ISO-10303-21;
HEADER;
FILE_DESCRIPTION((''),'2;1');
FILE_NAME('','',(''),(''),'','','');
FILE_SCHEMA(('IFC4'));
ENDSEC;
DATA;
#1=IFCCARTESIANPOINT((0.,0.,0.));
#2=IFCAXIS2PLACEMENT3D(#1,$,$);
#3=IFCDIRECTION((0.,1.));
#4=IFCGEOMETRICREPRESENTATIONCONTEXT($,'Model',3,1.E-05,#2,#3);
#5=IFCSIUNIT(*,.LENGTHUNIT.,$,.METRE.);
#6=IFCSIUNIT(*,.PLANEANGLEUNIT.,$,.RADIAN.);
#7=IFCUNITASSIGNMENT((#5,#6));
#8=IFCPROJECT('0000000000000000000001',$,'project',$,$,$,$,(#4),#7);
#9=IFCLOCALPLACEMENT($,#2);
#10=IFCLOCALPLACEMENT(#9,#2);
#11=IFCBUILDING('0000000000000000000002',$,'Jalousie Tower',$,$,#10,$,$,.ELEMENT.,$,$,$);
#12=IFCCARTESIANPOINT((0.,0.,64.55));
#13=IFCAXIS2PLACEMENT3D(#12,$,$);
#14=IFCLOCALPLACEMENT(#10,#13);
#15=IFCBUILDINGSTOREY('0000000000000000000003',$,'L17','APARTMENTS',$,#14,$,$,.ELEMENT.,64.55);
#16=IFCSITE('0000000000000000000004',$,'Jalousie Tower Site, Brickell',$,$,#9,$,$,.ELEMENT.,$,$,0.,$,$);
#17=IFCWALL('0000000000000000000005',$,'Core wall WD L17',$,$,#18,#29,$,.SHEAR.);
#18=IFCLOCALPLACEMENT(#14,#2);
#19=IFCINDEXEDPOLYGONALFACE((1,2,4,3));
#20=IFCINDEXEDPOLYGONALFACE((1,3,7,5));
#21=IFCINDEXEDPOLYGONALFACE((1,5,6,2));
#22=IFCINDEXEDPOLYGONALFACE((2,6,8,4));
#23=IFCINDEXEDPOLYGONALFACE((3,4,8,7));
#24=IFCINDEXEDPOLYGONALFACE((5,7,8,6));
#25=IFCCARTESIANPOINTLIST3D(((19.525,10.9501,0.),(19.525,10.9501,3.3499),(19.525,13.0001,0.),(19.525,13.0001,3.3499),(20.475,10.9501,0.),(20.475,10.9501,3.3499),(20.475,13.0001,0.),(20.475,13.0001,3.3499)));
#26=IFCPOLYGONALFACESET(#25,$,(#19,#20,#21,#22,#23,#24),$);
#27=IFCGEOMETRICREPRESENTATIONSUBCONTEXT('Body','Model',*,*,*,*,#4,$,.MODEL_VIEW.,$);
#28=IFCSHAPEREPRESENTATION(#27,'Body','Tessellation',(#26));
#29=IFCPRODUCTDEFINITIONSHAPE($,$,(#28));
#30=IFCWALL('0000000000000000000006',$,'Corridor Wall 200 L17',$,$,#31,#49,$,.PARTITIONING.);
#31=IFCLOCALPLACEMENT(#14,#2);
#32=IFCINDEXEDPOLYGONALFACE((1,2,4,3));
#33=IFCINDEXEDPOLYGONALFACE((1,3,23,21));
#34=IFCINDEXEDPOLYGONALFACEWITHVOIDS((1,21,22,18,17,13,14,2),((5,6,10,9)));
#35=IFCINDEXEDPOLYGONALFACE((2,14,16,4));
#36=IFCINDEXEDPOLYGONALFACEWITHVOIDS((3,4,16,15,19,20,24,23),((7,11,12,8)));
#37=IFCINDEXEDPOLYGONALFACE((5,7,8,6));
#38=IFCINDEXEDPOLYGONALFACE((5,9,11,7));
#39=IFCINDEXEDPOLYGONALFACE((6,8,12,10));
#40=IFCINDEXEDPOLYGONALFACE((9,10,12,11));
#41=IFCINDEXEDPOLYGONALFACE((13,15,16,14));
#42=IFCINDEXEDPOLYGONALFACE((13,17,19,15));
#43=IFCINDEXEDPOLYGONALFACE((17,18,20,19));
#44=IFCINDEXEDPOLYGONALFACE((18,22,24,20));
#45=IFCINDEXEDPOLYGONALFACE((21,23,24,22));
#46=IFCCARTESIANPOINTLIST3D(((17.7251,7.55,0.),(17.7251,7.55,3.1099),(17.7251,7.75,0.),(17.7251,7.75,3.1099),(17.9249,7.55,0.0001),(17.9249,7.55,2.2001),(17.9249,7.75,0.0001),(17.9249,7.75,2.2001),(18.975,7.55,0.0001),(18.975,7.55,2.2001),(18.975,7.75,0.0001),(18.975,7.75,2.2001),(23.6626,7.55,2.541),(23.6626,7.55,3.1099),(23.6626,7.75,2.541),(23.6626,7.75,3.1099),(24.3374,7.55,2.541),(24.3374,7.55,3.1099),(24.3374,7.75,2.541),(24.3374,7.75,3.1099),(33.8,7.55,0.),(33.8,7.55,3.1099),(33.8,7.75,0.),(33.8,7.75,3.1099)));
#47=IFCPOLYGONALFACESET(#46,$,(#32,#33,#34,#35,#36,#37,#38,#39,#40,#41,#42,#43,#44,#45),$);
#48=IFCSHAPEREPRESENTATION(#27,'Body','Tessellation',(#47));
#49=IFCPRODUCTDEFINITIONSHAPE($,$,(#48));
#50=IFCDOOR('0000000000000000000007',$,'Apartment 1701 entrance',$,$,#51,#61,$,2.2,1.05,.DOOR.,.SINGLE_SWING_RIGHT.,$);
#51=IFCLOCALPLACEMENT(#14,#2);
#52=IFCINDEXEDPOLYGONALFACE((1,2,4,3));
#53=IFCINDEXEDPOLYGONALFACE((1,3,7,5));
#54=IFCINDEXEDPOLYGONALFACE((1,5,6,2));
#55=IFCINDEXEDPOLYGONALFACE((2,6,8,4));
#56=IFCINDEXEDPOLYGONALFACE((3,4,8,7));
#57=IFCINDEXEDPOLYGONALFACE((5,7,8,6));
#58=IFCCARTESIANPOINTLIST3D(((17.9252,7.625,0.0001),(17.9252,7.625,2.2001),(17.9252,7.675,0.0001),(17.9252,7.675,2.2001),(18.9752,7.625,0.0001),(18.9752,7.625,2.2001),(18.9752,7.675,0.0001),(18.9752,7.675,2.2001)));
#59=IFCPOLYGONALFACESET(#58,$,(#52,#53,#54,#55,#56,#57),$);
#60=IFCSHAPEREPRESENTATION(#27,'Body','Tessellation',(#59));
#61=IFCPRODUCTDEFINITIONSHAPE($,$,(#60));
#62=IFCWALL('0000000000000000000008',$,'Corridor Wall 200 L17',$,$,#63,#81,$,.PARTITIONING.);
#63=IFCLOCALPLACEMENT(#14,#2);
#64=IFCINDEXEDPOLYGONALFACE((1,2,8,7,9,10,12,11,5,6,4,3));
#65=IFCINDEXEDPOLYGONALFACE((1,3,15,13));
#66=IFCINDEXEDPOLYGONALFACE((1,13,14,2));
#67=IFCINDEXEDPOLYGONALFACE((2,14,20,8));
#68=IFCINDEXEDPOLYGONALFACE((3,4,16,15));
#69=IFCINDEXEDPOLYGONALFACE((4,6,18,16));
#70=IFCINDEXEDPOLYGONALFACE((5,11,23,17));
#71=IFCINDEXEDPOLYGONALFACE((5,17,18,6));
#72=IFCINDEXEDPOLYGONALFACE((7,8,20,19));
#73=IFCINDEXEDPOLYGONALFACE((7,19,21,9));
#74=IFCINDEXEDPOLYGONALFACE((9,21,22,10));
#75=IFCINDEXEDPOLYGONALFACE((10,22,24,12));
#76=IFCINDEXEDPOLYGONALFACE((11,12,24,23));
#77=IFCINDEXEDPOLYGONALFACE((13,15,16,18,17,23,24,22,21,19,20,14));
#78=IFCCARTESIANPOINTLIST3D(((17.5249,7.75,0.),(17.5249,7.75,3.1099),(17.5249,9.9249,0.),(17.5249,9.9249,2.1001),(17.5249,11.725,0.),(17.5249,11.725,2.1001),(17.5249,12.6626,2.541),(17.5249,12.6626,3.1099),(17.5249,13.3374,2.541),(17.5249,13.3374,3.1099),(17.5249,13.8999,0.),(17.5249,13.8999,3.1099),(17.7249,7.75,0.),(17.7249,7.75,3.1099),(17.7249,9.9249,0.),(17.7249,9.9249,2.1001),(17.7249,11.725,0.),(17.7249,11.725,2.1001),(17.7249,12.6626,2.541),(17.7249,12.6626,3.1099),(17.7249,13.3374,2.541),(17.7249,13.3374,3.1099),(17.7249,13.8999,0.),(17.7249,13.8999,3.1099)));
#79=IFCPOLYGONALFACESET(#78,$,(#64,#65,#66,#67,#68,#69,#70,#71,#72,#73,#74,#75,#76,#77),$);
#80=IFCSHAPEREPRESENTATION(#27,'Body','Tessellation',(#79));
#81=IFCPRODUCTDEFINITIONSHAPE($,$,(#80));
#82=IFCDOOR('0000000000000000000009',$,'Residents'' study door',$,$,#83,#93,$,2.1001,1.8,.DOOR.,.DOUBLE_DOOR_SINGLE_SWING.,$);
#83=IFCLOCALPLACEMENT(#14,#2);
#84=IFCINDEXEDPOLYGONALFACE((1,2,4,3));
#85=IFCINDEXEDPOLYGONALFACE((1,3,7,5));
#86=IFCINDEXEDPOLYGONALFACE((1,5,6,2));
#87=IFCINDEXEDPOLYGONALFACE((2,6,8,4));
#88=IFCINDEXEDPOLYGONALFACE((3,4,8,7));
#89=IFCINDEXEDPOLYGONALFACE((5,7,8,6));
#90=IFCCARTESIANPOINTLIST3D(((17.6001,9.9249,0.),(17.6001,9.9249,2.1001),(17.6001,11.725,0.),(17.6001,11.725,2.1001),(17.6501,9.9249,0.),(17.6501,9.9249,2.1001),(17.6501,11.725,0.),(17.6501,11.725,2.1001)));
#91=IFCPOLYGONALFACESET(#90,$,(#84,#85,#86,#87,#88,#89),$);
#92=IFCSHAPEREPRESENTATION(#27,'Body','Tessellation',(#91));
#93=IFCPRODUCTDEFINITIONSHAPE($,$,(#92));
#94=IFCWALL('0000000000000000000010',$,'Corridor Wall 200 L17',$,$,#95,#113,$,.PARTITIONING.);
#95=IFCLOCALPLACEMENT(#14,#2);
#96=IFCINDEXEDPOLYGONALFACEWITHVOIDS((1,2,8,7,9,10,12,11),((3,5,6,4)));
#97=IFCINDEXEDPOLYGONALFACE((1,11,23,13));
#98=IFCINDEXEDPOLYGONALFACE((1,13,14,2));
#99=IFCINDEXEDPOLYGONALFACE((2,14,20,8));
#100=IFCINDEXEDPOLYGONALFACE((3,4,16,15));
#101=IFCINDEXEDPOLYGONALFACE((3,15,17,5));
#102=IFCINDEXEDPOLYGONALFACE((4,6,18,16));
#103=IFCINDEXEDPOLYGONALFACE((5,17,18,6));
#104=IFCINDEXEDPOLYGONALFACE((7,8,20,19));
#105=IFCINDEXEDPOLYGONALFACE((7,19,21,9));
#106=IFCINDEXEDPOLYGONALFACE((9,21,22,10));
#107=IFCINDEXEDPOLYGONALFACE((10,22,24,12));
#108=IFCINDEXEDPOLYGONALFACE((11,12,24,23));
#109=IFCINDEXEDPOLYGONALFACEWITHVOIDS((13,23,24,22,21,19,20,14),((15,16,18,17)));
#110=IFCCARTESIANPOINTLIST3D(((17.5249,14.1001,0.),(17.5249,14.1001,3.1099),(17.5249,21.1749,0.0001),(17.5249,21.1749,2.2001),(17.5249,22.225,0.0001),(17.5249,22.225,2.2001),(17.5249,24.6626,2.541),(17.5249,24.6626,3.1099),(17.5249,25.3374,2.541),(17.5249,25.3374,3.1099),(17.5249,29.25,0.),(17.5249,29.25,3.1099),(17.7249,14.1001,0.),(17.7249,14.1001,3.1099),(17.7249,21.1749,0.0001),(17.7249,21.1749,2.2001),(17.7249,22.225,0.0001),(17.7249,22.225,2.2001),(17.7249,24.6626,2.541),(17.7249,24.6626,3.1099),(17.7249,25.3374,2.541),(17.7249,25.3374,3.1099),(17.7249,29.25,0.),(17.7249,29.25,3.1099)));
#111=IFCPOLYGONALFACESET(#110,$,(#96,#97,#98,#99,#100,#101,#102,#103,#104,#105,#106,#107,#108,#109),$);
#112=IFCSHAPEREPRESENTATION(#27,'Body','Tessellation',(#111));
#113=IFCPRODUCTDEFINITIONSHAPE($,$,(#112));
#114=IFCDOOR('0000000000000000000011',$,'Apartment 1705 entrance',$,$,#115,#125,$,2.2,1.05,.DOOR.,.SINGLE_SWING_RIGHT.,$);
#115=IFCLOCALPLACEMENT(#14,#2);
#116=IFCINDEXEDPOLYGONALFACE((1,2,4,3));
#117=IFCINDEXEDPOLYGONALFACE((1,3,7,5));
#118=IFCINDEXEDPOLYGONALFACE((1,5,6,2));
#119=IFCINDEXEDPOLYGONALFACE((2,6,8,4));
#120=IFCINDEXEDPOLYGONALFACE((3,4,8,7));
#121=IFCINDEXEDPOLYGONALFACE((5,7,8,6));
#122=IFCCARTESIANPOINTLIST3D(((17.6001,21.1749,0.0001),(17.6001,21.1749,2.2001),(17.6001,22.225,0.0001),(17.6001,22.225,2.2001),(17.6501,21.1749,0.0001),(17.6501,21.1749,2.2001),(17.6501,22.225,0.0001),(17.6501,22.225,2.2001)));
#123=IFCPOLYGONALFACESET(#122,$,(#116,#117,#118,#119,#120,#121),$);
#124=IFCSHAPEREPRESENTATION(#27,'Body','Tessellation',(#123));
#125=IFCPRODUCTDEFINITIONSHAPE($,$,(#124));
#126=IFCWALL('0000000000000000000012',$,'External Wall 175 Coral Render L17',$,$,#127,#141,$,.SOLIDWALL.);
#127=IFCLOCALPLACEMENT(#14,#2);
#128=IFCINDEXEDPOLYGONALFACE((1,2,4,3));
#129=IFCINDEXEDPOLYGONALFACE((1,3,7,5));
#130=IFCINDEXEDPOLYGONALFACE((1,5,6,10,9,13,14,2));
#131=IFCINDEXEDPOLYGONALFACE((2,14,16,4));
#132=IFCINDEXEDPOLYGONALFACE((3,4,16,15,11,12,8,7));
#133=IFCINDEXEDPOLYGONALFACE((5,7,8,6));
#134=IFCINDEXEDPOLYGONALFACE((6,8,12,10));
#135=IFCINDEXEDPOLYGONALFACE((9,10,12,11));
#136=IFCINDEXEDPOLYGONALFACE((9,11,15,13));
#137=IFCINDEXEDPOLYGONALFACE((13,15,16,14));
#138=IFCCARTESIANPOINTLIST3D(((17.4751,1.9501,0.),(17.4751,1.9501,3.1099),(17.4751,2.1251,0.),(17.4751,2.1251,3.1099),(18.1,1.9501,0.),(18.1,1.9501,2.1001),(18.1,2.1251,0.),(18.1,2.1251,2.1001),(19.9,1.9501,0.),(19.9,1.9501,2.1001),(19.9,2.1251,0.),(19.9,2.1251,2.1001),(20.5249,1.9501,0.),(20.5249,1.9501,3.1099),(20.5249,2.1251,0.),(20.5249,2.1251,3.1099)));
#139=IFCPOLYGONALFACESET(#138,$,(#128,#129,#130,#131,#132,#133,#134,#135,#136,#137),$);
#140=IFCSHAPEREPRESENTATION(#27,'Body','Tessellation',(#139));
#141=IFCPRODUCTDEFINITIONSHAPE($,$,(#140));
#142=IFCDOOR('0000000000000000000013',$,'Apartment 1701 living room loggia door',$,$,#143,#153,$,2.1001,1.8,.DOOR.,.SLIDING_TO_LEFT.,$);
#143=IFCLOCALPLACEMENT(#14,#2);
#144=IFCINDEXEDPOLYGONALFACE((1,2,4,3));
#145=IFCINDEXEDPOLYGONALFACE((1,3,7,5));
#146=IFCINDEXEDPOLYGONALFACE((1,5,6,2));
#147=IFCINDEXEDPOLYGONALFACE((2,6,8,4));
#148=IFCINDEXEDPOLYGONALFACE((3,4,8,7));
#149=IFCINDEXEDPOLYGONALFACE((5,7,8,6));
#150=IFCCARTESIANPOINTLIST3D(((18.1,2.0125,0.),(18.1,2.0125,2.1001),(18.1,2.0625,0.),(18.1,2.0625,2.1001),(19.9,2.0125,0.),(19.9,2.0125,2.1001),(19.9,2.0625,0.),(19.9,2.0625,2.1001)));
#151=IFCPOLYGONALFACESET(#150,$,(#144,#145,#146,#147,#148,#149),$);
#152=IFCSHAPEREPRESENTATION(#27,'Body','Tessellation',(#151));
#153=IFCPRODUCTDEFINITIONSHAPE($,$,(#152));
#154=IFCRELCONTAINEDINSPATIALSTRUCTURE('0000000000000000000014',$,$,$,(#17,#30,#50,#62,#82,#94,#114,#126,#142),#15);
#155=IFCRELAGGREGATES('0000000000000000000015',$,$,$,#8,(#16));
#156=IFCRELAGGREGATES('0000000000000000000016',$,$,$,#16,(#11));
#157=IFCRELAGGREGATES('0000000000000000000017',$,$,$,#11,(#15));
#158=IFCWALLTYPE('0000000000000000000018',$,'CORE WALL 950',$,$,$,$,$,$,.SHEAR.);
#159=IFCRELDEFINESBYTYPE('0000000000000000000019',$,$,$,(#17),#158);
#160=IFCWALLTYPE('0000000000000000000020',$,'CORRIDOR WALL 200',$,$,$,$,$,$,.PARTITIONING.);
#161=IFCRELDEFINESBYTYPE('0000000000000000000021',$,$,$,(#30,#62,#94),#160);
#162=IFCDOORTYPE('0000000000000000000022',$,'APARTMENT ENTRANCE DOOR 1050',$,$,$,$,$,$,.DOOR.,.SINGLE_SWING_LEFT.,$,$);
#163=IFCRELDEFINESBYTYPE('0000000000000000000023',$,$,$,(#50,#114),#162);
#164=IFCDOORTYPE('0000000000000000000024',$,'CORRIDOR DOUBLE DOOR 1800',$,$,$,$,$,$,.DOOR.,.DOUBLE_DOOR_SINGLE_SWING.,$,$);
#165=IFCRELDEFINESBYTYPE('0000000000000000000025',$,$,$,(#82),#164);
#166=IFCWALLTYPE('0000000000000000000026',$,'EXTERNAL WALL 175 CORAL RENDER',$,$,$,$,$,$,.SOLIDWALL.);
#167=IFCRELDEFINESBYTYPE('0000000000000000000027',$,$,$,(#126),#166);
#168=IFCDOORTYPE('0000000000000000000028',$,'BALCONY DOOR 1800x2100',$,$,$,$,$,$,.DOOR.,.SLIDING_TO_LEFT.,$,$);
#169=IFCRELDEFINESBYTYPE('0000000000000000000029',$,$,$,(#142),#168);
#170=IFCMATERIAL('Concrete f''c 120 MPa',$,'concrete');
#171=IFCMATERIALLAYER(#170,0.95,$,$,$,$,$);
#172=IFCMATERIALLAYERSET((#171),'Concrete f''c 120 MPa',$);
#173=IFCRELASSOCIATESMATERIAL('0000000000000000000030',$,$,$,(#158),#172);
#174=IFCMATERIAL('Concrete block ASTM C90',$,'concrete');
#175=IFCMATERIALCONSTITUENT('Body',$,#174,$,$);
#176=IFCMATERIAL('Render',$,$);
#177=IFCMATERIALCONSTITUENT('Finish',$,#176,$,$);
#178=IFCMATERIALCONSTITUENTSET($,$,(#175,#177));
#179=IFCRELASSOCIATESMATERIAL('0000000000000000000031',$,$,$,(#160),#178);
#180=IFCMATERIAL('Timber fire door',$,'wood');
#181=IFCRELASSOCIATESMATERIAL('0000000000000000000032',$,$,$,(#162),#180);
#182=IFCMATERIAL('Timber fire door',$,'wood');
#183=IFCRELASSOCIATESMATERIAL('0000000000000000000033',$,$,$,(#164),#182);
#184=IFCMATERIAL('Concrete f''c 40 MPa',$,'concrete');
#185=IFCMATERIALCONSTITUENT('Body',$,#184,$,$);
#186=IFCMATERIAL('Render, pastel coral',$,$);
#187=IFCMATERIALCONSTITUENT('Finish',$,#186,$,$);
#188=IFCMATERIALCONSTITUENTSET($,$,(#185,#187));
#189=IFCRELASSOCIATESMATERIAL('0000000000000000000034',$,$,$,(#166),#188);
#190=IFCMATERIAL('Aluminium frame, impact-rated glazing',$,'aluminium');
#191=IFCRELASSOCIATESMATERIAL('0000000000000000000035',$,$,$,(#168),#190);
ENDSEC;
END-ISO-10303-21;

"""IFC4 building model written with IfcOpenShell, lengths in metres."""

from ifc_helpers import new_model, si_unit, direction, frame, frame_2d, origin, place, context, subcontext, project, spatial, polyline, rectangle, outline, extrude, material, layer, layer_set, constituent, constituent_set, type_object, element, fill, save


model = new_model("IFC4")

# Units and contexts
model_context = context("Model", 3, precision=1e-05, world=origin(), true_north=direction((0.0, 1.0)))
body_context = subcontext(model_context, "Body", "Model", "MODEL_VIEW")
ifc_project = project(units=[si_unit("LENGTHUNIT", "METRE"), si_unit("PLANEANGLEUNIT", "RADIAN")], contexts=[model_context])

# Site, building, storey
site_placement = place(None, origin())
site = spatial("IfcSite", under=ifc_project, at=site_placement, Name="Jalousie Tower Site, Brickell", CompositionType="ELEMENT", RefElevation=0.0)
building_placement = place(site_placement, origin())
building = spatial("IfcBuilding", under=site, at=building_placement, Name="Jalousie Tower", CompositionType="ELEMENT")
storey_placement = place(building_placement, frame((0.0, 0.0, 64.55)))
storey = spatial("IfcBuildingStorey", under=building, at=storey_placement, Name="L17", Description="APARTMENTS", CompositionType="ELEMENT", Elevation=64.55)

# Wall
ifc_material_1 = material(Name="Concrete f'c 120 MPa", Category="concrete")
ifc_layer_1 = layer(ifc_material_1, 0.95)
ifc_layer_set_1 = layer_set([ifc_layer_1], Name="Concrete f'c 120 MPa")
wall_type_1 = type_object("IfcWallType", Name="CORE WALL 950", PredefinedType="SHEAR", material=ifc_layer_set_1)
wall_1_placement = place(storey_placement, frame((20.0, 13.0, 0.0), z_axis=(0.0, 0.0, 1.0), x_axis=(0.0, -1.0, 0.0)))
element("IfcWall", 1, at=wall_1_placement, inside=storey, type_object=wall_type_1, Name="Core wall WD L17", PredefinedType="SHEAR", context=body_context, shape_type="SweptSolid", body=[
    extrude(rectangle(XDim=2.05, YDim=0.95, at=frame_2d((1.0249, 0.0))), origin(), (0.0, 0.0, 1.0), 3.3499),
])

# Walls, openings, doors
ifc_material_2 = material(Name="Concrete block ASTM C90", Category="concrete")
ifc_constituent_1 = constituent(ifc_material_2, Name="Body")
ifc_material_3 = material(Name="Render")
ifc_constituent_2 = constituent(ifc_material_3, Name="Finish")
ifc_constituent_set_1 = constituent_set(constituents=[ifc_constituent_1, ifc_constituent_2])
wall_type_2 = type_object("IfcWallType", Name="CORRIDOR WALL 200", PredefinedType="PARTITIONING", material=ifc_constituent_set_1)
wall_2_placement = place(storey_placement, frame((17.7251, 7.6499, 0.0), z_axis=(0.0, 0.0, 1.0), x_axis=(1.0, 0.0, 0.0)))
wall_2 = element("IfcWall", 2, at=wall_2_placement, inside=storey, type_object=wall_type_2, Name="Corridor Wall 200 L17", PredefinedType="PARTITIONING", context=body_context, shape_type="SweptSolid", body=[
    extrude(outline(polyline([(0.0, 0.0), (16.075, 0.0), (16.075, 3.1099), (6.6123, 3.1099), (6.6123, 2.541), (5.9375, 2.541), (5.9375, 3.1099), (0.0, 3.1099), (0.0, 0.0)])), frame((0.0, 0.1001, 0.0), z_axis=(0.0, -1.0, 0.0), x_axis=(1.0, 0.0, 0.0)), (0.0, 0.0, 1.0), 0.2),
])
opening_1_placement = place(wall_2_placement, frame((0.2, 0.0, 0.0)))
opening_1 = element("IfcOpeningElement", 3, at=opening_1_placement, cuts=wall_2, PredefinedType="OPENING", context=body_context, shape_type="SweptSolid", body=[
    extrude(rectangle(XDim=1.05, YDim=2.2, at=frame_2d((0.5249, 1.1001))), frame((0.0, 0.1099, 0.0), z_axis=(0.0, -1.0, 0.0), x_axis=(1.0, 0.0, 0.0)), (0.0, 0.0, 1.0), 0.22),
])
ifc_material_4 = material(Name="Timber fire door", Category="wood")
door_type_1 = type_object("IfcDoorType", Name="APARTMENT ENTRANCE DOOR 1050", OperationType="SINGLE_SWING_LEFT", PredefinedType="DOOR", material=ifc_material_4)
door_1_placement = place(opening_1_placement, frame((1.05, 0.0, 0.0), z_axis=(0.0, 0.0, 1.0), x_axis=(-1.0, 0.0, 0.0)))
door_1 = element("IfcDoor", 4, at=door_1_placement, inside=storey, type_object=door_type_1, Name="Apartment 1701 entrance", OperationType="SINGLE_SWING_RIGHT", OverallHeight=2.2, OverallWidth=1.05, PredefinedType="DOOR", context=body_context, shape_type="SweptSolid", body=[
    extrude(rectangle(XDim=1.05, YDim=2.2, at=frame_2d((0.5249, 1.1001))), frame((0.0, 0.0249, 0.0), z_axis=(0.0, -1.0, 0.0), x_axis=(1.0, 0.0, 0.0)), (0.0, 0.0, 1.0), 0.05),
])
fill(opening_1, door_1)
wall_3_placement = place(storey_placement, frame((17.625, 7.75, 0.0), z_axis=(0.0, 0.0, 1.0), x_axis=(0.0, 1.0, 0.0)))
wall_3 = element("IfcWall", 5, at=wall_3_placement, inside=storey, type_object=wall_type_2, Name="Corridor Wall 200 L17", PredefinedType="PARTITIONING", context=body_context, shape_type="SweptSolid", body=[
    extrude(outline(polyline([(0.0, 0.0), (6.1499, 0.0), (6.1499, 3.1099), (5.5874, 3.1099), (5.5874, 2.541), (4.9126, 2.541), (4.9126, 3.1099), (0.0, 3.1099), (0.0, 0.0)])), frame((0.0, 0.1001, 0.0), z_axis=(0.0, -1.0, 0.0), x_axis=(1.0, 0.0, 0.0)), (0.0, 0.0, 1.0), 0.2),
])
opening_2_placement = place(wall_3_placement, frame((2.175, 0.0, 0.0)))
opening_2 = element("IfcOpeningElement", 6, at=opening_2_placement, cuts=wall_3, PredefinedType="OPENING", context=body_context, shape_type="SweptSolid", body=[
    extrude(rectangle(XDim=1.8, YDim=2.1001, at=frame_2d((0.8999, 1.05))), frame((0.0, 0.1099, 0.0), z_axis=(0.0, -1.0, 0.0), x_axis=(1.0, 0.0, 0.0)), (0.0, 0.0, 1.0), 0.22),
])
ifc_material_5 = material(Name="Timber fire door", Category="wood")
door_type_2 = type_object("IfcDoorType", Name="CORRIDOR DOUBLE DOOR 1800", OperationType="DOUBLE_DOOR_SINGLE_SWING", PredefinedType="DOOR", material=ifc_material_5)
door_2_placement = place(opening_2_placement, origin())
door_2 = element("IfcDoor", 7, at=door_2_placement, inside=storey, type_object=door_type_2, Name="Residents' study door", OperationType="DOUBLE_DOOR_SINGLE_SWING", OverallHeight=2.1001, OverallWidth=1.8, PredefinedType="DOOR", context=body_context, shape_type="SweptSolid", body=[
    extrude(rectangle(XDim=1.8, YDim=2.1001, at=frame_2d((0.8999, 1.05))), frame((0.0, 0.0249, 0.0), z_axis=(0.0, -1.0, 0.0), x_axis=(1.0, 0.0, 0.0)), (0.0, 0.0, 1.0), 0.05),
])
fill(opening_2, door_2)
wall_4_placement = place(storey_placement, frame((17.625, 14.1001, 0.0), z_axis=(0.0, 0.0, 1.0), x_axis=(0.0, 1.0, 0.0)))
wall_4 = element("IfcWall", 8, at=wall_4_placement, inside=storey, type_object=wall_type_2, Name="Corridor Wall 200 L17", PredefinedType="PARTITIONING", context=body_context, shape_type="SweptSolid", body=[
    extrude(outline(polyline([(0.0, 0.0), (15.1499, 0.0), (15.1499, 3.1099), (11.2373, 3.1099), (11.2373, 2.541), (10.5625, 2.541), (10.5625, 3.1099), (0.0, 3.1099), (0.0, 0.0)])), frame((0.0, 0.1001, 0.0), z_axis=(0.0, -1.0, 0.0), x_axis=(1.0, 0.0, 0.0)), (0.0, 0.0, 1.0), 0.2),
])
opening_3_placement = place(wall_4_placement, frame((7.075, 0.0, 0.0)))
opening_3 = element("IfcOpeningElement", 9, at=opening_3_placement, cuts=wall_4, PredefinedType="OPENING", context=body_context, shape_type="SweptSolid", body=[
    extrude(rectangle(XDim=1.05, YDim=2.2, at=frame_2d((0.5249, 1.1001))), frame((0.0, 0.1099, 0.0), z_axis=(0.0, -1.0, 0.0), x_axis=(1.0, 0.0, 0.0)), (0.0, 0.0, 1.0), 0.22),
])
door_3_placement = place(opening_3_placement, origin())
door_3 = element("IfcDoor", 10, at=door_3_placement, inside=storey, type_object=door_type_1, Name="Apartment 1705 entrance", OperationType="SINGLE_SWING_RIGHT", OverallHeight=2.2, OverallWidth=1.05, PredefinedType="DOOR", context=body_context, shape_type="SweptSolid", body=[
    extrude(rectangle(XDim=1.05, YDim=2.2, at=frame_2d((0.5249, 1.1001))), frame((0.0, 0.0249, 0.0), z_axis=(0.0, -1.0, 0.0), x_axis=(1.0, 0.0, 0.0)), (0.0, 0.0, 1.0), 0.05),
])
fill(opening_3, door_3)
ifc_material_6 = material(Name="Concrete f'c 40 MPa", Category="concrete")
ifc_constituent_3 = constituent(ifc_material_6, Name="Body")
ifc_material_7 = material(Name="Render, pastel coral")
ifc_constituent_4 = constituent(ifc_material_7, Name="Finish")
ifc_constituent_set_2 = constituent_set(constituents=[ifc_constituent_3, ifc_constituent_4])
wall_type_3 = type_object("IfcWallType", Name="EXTERNAL WALL 175 CORAL RENDER", PredefinedType="SOLIDWALL", material=ifc_constituent_set_2)
wall_5_placement = place(storey_placement, frame((17.4751, 2.0376, 0.0), z_axis=(0.0, 0.0, 1.0), x_axis=(1.0, 0.0, 0.0)))
wall_5 = element("IfcWall", 11, at=wall_5_placement, inside=storey, type_object=wall_type_3, Name="External Wall 175 Coral Render L17", PredefinedType="SOLIDWALL", context=body_context, shape_type="SweptSolid", body=[
    extrude(rectangle(XDim=3.0498, YDim=0.175, at=frame_2d((1.5249, 0.0))), origin(), (0.0, 0.0, 1.0), 3.1099),
])
opening_4_placement = place(wall_5_placement, frame((0.625, 0.0, 0.0)))
opening_4 = element("IfcOpeningElement", 12, at=opening_4_placement, cuts=wall_5, PredefinedType="OPENING", context=body_context, shape_type="SweptSolid", body=[
    extrude(rectangle(XDim=1.8, YDim=2.1001, at=frame_2d((0.8999, 1.05))), frame((0.0, 0.0974, 0.0), z_axis=(0.0, -1.0, 0.0), x_axis=(1.0, 0.0, 0.0)), (0.0, 0.0, 1.0), 0.1951),
])
ifc_material_8 = material(Name="Aluminium frame, impact-rated glazing", Category="aluminium")
door_type_3 = type_object("IfcDoorType", Name="BALCONY DOOR 1800x2100", OperationType="SLIDING_TO_LEFT", PredefinedType="DOOR", material=ifc_material_8)
door_4_placement = place(opening_4_placement, origin())
door_4 = element("IfcDoor", 13, at=door_4_placement, inside=storey, type_object=door_type_3, Name="Apartment 1701 living room loggia door", OperationType="SLIDING_TO_LEFT", OverallHeight=2.1001, OverallWidth=1.8, PredefinedType="DOOR", context=body_context, shape_type="SweptSolid", body=[
    extrude(rectangle(XDim=1.8, YDim=2.1001, at=frame_2d((0.8999, 1.05))), frame((0.0, 0.0249, 0.0), z_axis=(0.0, -1.0, 0.0), x_axis=(1.0, 0.0, 0.0)), (0.0, 0.0, 1.0), 0.05),
])
fill(opening_4, door_4)

save(model, "model.ifc")
